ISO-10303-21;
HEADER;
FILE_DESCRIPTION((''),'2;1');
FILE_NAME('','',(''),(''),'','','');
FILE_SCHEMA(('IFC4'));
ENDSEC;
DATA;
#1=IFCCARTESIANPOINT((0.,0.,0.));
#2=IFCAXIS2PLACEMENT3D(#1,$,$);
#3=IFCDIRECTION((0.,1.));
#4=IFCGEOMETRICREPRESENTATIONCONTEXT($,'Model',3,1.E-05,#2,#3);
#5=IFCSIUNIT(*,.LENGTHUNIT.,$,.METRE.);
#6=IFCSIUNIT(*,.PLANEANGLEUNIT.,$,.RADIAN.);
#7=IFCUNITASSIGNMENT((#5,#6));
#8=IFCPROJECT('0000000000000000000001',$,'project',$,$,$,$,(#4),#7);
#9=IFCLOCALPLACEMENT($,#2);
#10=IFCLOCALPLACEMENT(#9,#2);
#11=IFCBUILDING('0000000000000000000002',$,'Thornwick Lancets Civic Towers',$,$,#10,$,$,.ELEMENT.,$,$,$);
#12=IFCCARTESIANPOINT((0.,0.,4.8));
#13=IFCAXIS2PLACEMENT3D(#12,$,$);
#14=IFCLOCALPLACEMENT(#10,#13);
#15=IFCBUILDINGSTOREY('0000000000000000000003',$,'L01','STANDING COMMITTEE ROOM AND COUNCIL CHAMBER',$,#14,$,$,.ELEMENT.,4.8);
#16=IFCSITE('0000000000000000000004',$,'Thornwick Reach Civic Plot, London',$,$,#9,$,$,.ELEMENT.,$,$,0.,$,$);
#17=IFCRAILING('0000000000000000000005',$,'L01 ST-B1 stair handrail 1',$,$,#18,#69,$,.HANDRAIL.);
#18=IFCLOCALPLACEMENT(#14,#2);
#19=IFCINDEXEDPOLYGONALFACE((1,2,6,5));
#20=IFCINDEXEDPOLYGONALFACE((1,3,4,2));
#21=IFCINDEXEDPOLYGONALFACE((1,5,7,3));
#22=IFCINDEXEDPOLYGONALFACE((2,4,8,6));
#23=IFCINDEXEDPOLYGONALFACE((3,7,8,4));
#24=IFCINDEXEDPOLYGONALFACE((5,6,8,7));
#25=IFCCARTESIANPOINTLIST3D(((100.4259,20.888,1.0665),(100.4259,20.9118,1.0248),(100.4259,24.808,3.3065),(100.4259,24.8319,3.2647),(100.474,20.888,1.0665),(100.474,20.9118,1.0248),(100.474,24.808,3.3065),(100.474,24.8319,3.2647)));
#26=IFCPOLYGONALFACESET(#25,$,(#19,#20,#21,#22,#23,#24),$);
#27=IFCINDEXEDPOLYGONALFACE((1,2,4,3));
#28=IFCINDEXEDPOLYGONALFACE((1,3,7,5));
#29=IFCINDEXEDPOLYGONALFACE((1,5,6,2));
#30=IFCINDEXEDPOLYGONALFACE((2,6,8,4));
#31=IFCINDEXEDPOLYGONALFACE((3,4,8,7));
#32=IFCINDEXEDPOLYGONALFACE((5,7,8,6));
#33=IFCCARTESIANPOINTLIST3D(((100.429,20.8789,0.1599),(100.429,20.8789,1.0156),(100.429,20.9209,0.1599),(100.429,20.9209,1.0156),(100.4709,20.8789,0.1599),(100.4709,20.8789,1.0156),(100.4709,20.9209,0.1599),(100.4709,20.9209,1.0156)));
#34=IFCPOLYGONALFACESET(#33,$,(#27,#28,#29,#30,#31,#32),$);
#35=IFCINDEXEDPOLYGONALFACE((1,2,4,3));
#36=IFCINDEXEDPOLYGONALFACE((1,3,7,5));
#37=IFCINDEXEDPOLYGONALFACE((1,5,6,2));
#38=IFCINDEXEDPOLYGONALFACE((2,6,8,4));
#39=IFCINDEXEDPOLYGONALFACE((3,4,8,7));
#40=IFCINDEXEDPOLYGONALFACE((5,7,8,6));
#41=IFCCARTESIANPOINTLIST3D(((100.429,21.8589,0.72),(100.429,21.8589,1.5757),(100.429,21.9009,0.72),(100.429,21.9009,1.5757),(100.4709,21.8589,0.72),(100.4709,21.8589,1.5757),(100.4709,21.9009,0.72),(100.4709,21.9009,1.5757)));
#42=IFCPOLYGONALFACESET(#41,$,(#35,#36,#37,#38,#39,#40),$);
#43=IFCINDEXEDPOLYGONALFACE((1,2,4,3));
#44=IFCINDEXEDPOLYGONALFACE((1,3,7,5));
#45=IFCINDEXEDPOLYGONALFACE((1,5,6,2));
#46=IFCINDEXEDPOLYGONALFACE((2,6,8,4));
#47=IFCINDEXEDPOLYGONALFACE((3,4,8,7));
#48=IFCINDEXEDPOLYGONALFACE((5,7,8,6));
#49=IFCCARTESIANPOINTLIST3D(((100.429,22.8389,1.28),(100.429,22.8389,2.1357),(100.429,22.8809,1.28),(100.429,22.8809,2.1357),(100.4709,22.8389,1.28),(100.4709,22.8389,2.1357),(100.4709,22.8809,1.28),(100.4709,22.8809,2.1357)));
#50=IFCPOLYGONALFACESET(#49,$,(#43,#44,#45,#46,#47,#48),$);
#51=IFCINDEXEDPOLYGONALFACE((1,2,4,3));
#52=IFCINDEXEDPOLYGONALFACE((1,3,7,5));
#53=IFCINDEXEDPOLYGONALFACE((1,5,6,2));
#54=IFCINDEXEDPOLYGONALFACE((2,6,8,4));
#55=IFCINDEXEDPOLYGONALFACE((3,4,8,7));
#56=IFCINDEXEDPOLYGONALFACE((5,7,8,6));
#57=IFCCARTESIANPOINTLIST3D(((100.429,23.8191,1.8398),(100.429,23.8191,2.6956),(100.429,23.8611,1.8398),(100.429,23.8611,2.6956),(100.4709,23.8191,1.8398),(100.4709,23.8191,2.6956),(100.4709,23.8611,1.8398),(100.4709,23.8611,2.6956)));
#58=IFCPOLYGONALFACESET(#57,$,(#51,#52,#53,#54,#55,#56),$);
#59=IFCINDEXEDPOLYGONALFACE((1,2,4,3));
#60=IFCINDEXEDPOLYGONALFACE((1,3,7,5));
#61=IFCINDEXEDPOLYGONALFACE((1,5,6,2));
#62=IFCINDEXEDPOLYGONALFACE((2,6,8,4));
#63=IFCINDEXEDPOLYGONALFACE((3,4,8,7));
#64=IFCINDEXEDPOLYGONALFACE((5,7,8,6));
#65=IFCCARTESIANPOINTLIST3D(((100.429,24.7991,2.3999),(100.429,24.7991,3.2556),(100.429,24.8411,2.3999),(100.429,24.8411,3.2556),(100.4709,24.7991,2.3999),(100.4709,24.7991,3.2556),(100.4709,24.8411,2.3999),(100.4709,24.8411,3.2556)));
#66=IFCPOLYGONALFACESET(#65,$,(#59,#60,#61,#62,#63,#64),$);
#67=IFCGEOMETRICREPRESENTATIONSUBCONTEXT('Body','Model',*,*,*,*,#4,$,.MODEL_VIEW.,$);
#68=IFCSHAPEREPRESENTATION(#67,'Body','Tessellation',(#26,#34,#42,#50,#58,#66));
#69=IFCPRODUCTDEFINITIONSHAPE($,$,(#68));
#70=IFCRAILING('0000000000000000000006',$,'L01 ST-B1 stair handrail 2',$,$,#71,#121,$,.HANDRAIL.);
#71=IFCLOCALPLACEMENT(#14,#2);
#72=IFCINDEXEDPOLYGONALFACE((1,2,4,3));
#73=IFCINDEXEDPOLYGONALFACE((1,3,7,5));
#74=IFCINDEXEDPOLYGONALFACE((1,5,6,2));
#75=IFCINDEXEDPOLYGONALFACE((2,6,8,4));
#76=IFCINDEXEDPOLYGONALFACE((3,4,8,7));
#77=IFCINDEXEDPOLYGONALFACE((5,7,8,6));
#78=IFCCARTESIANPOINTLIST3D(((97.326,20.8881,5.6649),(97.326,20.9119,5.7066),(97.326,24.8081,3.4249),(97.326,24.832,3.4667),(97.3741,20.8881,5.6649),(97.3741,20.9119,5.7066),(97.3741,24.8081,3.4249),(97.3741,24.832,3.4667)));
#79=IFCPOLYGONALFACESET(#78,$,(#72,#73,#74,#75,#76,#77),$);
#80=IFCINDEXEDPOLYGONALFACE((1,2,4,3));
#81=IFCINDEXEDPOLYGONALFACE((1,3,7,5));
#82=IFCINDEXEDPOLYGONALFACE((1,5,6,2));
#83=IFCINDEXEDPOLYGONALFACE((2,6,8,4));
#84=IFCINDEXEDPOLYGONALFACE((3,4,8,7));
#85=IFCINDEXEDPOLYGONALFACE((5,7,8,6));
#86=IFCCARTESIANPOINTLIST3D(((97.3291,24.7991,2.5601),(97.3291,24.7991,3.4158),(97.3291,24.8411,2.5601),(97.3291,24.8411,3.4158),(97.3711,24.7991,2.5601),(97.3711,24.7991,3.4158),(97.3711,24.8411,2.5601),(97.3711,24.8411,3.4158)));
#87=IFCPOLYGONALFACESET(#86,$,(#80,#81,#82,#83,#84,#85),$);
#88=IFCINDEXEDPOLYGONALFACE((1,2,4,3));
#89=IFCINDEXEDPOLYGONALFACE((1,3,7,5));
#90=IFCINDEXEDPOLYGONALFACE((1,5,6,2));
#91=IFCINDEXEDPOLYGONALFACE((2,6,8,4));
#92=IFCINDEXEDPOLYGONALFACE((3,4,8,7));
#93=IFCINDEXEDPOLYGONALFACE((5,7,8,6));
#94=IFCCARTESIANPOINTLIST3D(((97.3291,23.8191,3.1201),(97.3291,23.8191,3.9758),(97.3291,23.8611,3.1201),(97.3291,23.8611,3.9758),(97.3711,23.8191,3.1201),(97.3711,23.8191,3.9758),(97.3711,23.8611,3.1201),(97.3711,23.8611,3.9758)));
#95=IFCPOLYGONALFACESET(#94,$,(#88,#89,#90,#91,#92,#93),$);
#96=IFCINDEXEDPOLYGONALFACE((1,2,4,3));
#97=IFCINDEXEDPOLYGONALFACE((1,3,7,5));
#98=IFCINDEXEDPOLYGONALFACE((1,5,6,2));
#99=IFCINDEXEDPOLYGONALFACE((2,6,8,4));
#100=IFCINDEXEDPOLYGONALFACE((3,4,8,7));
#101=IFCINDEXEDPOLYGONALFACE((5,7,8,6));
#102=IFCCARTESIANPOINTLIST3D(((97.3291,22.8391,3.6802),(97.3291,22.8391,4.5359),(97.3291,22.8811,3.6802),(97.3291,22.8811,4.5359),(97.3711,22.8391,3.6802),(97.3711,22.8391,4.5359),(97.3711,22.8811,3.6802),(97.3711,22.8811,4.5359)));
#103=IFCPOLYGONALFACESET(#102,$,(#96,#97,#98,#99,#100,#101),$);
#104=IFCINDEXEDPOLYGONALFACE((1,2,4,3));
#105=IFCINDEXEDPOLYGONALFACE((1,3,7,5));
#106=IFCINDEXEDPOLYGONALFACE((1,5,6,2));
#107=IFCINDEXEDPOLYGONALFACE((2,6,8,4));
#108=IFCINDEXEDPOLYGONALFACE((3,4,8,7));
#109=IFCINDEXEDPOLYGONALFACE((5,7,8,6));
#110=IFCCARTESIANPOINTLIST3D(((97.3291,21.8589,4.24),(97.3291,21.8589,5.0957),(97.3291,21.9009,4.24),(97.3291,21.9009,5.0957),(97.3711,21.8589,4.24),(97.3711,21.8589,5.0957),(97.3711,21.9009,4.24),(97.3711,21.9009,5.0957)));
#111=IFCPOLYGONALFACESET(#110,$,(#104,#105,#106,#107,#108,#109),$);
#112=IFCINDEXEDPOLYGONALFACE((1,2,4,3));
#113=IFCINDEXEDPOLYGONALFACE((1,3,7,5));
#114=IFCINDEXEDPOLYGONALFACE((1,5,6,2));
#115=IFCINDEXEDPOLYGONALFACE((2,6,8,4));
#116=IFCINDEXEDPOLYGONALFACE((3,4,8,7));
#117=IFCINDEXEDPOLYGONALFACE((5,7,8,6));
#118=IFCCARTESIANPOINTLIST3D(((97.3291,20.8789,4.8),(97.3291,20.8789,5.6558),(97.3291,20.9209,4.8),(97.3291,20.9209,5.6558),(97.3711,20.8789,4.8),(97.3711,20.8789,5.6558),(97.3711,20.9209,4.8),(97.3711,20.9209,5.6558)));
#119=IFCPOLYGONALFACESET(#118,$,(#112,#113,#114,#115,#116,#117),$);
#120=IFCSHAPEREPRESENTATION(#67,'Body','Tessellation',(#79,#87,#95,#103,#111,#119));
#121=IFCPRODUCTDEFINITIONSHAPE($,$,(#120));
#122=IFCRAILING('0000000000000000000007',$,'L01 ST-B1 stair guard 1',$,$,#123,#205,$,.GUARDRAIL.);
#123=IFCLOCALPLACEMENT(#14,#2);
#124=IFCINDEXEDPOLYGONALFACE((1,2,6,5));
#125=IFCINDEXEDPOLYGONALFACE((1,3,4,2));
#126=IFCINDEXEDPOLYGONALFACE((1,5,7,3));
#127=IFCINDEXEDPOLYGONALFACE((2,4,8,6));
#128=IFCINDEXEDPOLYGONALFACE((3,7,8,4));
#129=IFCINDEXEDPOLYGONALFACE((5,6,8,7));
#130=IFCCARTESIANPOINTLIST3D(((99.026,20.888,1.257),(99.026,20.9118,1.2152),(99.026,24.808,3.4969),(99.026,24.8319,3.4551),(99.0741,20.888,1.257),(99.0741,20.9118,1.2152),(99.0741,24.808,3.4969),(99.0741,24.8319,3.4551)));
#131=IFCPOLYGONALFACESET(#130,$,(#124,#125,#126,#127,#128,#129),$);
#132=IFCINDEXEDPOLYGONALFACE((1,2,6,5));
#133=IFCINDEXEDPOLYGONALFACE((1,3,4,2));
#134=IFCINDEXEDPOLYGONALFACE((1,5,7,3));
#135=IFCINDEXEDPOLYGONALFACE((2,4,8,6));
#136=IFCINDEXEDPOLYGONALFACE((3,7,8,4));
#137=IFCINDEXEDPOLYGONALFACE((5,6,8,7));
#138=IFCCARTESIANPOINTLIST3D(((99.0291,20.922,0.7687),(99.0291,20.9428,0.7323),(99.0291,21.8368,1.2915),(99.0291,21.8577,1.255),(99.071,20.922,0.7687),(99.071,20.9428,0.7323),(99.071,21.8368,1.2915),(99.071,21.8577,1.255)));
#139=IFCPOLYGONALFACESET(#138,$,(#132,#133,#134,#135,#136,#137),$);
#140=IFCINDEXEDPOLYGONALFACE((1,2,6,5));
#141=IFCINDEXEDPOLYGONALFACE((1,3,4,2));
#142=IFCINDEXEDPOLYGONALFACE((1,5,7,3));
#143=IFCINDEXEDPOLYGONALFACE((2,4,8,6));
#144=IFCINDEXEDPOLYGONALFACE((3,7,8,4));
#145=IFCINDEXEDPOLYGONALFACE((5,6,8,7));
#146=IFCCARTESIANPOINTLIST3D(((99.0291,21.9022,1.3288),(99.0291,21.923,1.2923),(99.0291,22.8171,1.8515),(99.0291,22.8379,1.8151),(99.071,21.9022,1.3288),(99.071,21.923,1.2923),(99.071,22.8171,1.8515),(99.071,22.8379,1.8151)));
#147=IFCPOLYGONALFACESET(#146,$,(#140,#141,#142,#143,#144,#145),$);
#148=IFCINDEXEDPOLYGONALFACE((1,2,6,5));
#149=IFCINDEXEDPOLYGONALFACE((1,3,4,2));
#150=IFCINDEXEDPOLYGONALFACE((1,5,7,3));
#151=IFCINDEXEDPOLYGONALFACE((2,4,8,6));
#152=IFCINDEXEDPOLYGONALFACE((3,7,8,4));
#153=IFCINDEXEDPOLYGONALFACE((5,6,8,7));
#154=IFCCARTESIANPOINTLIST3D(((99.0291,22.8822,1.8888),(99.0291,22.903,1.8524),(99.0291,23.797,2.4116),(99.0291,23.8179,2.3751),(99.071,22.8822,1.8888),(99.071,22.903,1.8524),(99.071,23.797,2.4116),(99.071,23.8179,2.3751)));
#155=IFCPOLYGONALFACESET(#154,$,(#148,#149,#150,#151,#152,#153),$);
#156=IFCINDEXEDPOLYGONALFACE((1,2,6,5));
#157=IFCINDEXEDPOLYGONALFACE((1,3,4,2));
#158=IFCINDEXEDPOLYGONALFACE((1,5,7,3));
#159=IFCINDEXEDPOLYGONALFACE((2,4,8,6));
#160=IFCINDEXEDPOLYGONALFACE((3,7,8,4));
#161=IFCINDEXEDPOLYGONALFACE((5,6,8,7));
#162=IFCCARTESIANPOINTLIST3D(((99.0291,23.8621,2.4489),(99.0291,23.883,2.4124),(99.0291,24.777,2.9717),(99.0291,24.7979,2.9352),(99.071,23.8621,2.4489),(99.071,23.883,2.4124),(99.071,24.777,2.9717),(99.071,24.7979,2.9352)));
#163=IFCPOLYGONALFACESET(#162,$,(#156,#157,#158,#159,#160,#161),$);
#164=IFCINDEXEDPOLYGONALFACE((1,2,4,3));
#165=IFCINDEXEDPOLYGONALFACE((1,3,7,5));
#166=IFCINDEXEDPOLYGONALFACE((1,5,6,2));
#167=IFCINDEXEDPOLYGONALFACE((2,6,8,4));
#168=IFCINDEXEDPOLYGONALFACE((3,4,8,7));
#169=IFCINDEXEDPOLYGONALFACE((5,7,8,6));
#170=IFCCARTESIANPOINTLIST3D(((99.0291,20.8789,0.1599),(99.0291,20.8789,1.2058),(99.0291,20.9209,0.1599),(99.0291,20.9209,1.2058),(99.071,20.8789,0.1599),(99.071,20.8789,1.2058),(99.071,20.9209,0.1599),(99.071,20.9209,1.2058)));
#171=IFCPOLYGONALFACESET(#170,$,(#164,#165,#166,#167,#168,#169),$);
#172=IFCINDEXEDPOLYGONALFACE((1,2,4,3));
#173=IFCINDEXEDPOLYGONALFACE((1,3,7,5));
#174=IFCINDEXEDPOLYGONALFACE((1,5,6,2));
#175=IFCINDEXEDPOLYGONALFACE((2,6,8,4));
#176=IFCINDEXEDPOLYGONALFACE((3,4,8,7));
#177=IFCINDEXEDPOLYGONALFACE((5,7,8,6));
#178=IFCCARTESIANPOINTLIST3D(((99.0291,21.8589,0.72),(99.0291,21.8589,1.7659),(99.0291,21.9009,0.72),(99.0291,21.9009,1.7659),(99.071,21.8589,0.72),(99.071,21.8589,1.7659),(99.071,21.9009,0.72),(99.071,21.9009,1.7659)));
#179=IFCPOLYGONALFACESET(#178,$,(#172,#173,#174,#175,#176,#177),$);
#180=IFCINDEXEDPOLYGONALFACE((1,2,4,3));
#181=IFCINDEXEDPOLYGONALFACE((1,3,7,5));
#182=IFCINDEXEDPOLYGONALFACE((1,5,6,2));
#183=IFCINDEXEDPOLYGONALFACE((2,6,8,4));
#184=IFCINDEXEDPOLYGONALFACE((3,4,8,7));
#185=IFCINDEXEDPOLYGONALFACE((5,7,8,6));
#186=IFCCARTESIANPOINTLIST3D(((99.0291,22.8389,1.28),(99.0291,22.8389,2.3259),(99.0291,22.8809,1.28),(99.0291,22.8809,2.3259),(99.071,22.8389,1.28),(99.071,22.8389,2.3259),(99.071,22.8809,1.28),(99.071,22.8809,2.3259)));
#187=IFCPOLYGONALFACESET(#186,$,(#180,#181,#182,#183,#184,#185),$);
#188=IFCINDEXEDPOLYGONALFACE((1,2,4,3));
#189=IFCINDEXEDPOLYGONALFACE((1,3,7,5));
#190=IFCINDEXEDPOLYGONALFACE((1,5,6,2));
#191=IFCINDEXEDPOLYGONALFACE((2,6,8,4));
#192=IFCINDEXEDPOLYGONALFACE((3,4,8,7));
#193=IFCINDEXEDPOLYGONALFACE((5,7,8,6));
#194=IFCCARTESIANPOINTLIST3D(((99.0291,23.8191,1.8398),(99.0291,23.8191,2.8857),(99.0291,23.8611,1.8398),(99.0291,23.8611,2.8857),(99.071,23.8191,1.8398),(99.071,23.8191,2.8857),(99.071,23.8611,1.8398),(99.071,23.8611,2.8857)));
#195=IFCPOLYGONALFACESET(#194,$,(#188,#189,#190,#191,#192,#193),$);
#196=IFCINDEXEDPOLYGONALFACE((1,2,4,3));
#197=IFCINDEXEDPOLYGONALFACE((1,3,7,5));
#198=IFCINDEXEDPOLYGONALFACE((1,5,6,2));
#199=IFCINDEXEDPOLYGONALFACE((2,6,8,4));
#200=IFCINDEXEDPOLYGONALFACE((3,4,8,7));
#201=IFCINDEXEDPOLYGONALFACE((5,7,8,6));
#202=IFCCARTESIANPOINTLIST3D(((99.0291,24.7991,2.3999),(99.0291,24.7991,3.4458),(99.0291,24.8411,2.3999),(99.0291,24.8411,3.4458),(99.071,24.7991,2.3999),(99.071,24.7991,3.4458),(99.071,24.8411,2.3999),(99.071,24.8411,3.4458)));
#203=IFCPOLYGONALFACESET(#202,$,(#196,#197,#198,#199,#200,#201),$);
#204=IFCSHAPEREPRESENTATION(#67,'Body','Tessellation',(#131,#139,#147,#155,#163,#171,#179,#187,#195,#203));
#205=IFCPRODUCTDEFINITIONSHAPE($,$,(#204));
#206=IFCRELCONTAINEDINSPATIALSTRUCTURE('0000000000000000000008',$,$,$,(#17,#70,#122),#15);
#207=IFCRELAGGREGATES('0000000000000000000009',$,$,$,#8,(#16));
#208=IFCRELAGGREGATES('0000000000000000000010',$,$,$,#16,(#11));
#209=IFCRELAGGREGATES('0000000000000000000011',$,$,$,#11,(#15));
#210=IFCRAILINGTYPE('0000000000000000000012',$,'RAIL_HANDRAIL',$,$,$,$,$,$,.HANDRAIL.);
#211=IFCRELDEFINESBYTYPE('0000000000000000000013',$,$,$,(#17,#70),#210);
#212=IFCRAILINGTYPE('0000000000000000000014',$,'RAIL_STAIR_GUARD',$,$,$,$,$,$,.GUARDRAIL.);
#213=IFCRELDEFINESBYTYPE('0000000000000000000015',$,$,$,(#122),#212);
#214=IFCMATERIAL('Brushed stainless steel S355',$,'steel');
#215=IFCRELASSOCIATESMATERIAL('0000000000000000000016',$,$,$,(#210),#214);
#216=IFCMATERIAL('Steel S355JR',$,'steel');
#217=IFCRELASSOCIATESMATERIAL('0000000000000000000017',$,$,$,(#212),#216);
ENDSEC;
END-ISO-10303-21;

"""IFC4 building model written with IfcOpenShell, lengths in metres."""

from ifc_helpers import new_model, si_unit, direction, frame, origin, origin_2d, place, context, subcontext, project, spatial, rectangle, extrude, material, type_object, element, save


model = new_model("IFC4")

# Units and contexts
model_context = context("Model", 3, precision=1e-05, world=origin(), true_north=direction((0.0, 1.0)))
body_context = subcontext(model_context, "Body", "Model", "MODEL_VIEW")
ifc_project = project(units=[si_unit("LENGTHUNIT", "METRE"), si_unit("PLANEANGLEUNIT", "RADIAN")], contexts=[model_context])

# Site, building, storey
site_placement = place(None, origin())
site = spatial("IfcSite", under=ifc_project, at=site_placement, Name="Thornwick Reach Civic Plot, London", CompositionType="ELEMENT", RefElevation=0.0)
building_placement = place(site_placement, origin())
building = spatial("IfcBuilding", under=site, at=building_placement, Name="Thornwick Lancets Civic Towers", CompositionType="ELEMENT")
storey_placement = place(building_placement, frame((0.0, 0.0, 4.8)))
storey = spatial("IfcBuildingStorey", under=building, at=storey_placement, Name="L01", Description="STANDING COMMITTEE ROOM AND COUNCIL CHAMBER", CompositionType="ELEMENT", Elevation=4.8)

# Shared definitions
ifc_material_1 = material(Name="Steel S355JR", Category="steel")

# Railings
ifc_material_2 = material(Name="Brushed stainless steel S355", Category="steel")
railing_type_1 = type_object("IfcRailingType", Name="RAIL_HANDRAIL", PredefinedType="HANDRAIL", material=ifc_material_2)
railing_1_placement = place(storey_placement, frame((100.45, 20.8999, 0.1599)))
element("IfcRailing", 1, at=railing_1_placement, inside=storey, type_object=railing_type_1, Name="L01 ST-B1 stair handrail 1", PredefinedType="HANDRAIL", context=body_context, shape_type="SweptSolid", body=[
    extrude(rectangle(XDim=0.0481, YDim=0.0481, at=origin_2d()), frame((0.0, 0.0, 0.8857), z_axis=(0.0, 0.868253, 0.496121), x_axis=(-1.0, 0.0, 0.0)), (0.0, 0.0, 1.0), 4.5149),
    extrude(rectangle(XDim=0.042, YDim=0.042, at=origin_2d()), origin(), (0.0, 0.0, 1.0), 0.8557),
    extrude(rectangle(XDim=0.042, YDim=0.042, at=origin_2d()), frame((0.0, 0.98, 0.5601)), (0.0, 0.0, 1.0), 0.8557),
    extrude(rectangle(XDim=0.042, YDim=0.042, at=origin_2d()), frame((0.0, 1.96, 1.1201)), (0.0, 0.0, 1.0), 0.8557),
    extrude(rectangle(XDim=0.042, YDim=0.042, at=origin_2d()), frame((0.0, 2.9402, 1.6799)), (0.0, 0.0, 1.0), 0.8557),
    extrude(rectangle(XDim=0.042, YDim=0.042, at=origin_2d()), frame((0.0, 3.9202, 2.24)), (0.0, 0.0, 1.0), 0.8557),
])
railing_2_placement = place(storey_placement, frame((97.3501, 24.8201, 2.5601)))
element("IfcRailing", 2, at=railing_2_placement, inside=storey, type_object=railing_type_1, Name="L01 ST-B1 stair handrail 2", PredefinedType="HANDRAIL", context=body_context, shape_type="SweptSolid", body=[
    extrude(rectangle(XDim=0.0481, YDim=0.0481, at=origin_2d()), frame((0.0, 0.0, 0.8857), z_axis=(0.0, -0.868253, 0.496121), x_axis=(1.0, 0.0, 0.0)), (0.0, 0.0, 1.0), 4.5149),
    extrude(rectangle(XDim=0.042, YDim=0.042, at=origin_2d()), origin(), (0.0, 0.0, 1.0), 0.8557),
    extrude(rectangle(XDim=0.042, YDim=0.042, at=origin_2d()), frame((0.0, -0.98, 0.5601)), (0.0, 0.0, 1.0), 0.8557),
    extrude(rectangle(XDim=0.042, YDim=0.042, at=origin_2d()), frame((0.0, -1.96, 1.1201)), (0.0, 0.0, 1.0), 0.8557),
    extrude(rectangle(XDim=0.042, YDim=0.042, at=origin_2d()), frame((0.0, -2.9402, 1.6799)), (0.0, 0.0, 1.0), 0.8557),
    extrude(rectangle(XDim=0.042, YDim=0.042, at=origin_2d()), frame((0.0, -3.9202, 2.24)), (0.0, 0.0, 1.0), 0.8557),
])
railing_type_2 = type_object("IfcRailingType", Name="RAIL_STAIR_GUARD", PredefinedType="GUARDRAIL", material=ifc_material_1)
railing_3_placement = place(storey_placement, frame((99.05, 20.8999, 0.1599)))
element("IfcRailing", 3, at=railing_3_placement, inside=storey, type_object=railing_type_2, Name="L01 ST-B1 stair guard 1", PredefinedType="GUARDRAIL", context=body_context, shape_type="SweptSolid", body=[
    extrude(rectangle(XDim=0.0481, YDim=0.0481, at=origin_2d()), frame((0.0, 0.0, 1.0762), z_axis=(0.0, 0.868253, 0.496121), x_axis=(-1.0, 0.0, 0.0)), (0.0, 0.0, 1.0), 4.5149),
    extrude(rectangle(XDim=0.042, YDim=0.042, at=origin_2d()), frame((0.0, 0.0325, 0.5906), z_axis=(0.0, 0.868253, 0.496121), x_axis=(-1.0, 0.0, 0.0)), (0.0, 0.0, 1.0), 1.0537),
    extrude(rectangle(XDim=0.042, YDim=0.042, at=origin_2d()), frame((0.0, 1.0127, 1.1506), z_axis=(0.0, 0.868253, 0.496121), x_axis=(-1.0, 0.0, 0.0)), (0.0, 0.0, 1.0), 1.0537),
    extrude(rectangle(XDim=0.042, YDim=0.042, at=origin_2d()), frame((0.0, 1.9927, 1.7107), z_axis=(0.0, 0.868253, 0.496121), x_axis=(-1.0, 0.0, 0.0)), (0.0, 0.0, 1.0), 1.0537),
    extrude(rectangle(XDim=0.042, YDim=0.042, at=origin_2d()), frame((0.0, 2.9727, 2.2708), z_axis=(0.0, 0.868253, 0.496121), x_axis=(-1.0, 0.0, 0.0)), (0.0, 0.0, 1.0), 1.0537),
    extrude(rectangle(XDim=0.042, YDim=0.042, at=origin_2d()), origin(), (0.0, 0.0, 1.0), 1.0459),
    extrude(rectangle(XDim=0.042, YDim=0.042, at=origin_2d()), frame((0.0, 0.98, 0.5601)), (0.0, 0.0, 1.0), 1.0459),
    extrude(rectangle(XDim=0.042, YDim=0.042, at=origin_2d()), frame((0.0, 1.96, 1.1201)), (0.0, 0.0, 1.0), 1.0459),
    extrude(rectangle(XDim=0.042, YDim=0.042, at=origin_2d()), frame((0.0, 2.9402, 1.6799)), (0.0, 0.0, 1.0), 1.0459),
    extrude(rectangle(XDim=0.042, YDim=0.042, at=origin_2d()), frame((0.0, 3.9202, 2.24)), (0.0, 0.0, 1.0), 1.0459),
])

save(model, "model.ifc")
